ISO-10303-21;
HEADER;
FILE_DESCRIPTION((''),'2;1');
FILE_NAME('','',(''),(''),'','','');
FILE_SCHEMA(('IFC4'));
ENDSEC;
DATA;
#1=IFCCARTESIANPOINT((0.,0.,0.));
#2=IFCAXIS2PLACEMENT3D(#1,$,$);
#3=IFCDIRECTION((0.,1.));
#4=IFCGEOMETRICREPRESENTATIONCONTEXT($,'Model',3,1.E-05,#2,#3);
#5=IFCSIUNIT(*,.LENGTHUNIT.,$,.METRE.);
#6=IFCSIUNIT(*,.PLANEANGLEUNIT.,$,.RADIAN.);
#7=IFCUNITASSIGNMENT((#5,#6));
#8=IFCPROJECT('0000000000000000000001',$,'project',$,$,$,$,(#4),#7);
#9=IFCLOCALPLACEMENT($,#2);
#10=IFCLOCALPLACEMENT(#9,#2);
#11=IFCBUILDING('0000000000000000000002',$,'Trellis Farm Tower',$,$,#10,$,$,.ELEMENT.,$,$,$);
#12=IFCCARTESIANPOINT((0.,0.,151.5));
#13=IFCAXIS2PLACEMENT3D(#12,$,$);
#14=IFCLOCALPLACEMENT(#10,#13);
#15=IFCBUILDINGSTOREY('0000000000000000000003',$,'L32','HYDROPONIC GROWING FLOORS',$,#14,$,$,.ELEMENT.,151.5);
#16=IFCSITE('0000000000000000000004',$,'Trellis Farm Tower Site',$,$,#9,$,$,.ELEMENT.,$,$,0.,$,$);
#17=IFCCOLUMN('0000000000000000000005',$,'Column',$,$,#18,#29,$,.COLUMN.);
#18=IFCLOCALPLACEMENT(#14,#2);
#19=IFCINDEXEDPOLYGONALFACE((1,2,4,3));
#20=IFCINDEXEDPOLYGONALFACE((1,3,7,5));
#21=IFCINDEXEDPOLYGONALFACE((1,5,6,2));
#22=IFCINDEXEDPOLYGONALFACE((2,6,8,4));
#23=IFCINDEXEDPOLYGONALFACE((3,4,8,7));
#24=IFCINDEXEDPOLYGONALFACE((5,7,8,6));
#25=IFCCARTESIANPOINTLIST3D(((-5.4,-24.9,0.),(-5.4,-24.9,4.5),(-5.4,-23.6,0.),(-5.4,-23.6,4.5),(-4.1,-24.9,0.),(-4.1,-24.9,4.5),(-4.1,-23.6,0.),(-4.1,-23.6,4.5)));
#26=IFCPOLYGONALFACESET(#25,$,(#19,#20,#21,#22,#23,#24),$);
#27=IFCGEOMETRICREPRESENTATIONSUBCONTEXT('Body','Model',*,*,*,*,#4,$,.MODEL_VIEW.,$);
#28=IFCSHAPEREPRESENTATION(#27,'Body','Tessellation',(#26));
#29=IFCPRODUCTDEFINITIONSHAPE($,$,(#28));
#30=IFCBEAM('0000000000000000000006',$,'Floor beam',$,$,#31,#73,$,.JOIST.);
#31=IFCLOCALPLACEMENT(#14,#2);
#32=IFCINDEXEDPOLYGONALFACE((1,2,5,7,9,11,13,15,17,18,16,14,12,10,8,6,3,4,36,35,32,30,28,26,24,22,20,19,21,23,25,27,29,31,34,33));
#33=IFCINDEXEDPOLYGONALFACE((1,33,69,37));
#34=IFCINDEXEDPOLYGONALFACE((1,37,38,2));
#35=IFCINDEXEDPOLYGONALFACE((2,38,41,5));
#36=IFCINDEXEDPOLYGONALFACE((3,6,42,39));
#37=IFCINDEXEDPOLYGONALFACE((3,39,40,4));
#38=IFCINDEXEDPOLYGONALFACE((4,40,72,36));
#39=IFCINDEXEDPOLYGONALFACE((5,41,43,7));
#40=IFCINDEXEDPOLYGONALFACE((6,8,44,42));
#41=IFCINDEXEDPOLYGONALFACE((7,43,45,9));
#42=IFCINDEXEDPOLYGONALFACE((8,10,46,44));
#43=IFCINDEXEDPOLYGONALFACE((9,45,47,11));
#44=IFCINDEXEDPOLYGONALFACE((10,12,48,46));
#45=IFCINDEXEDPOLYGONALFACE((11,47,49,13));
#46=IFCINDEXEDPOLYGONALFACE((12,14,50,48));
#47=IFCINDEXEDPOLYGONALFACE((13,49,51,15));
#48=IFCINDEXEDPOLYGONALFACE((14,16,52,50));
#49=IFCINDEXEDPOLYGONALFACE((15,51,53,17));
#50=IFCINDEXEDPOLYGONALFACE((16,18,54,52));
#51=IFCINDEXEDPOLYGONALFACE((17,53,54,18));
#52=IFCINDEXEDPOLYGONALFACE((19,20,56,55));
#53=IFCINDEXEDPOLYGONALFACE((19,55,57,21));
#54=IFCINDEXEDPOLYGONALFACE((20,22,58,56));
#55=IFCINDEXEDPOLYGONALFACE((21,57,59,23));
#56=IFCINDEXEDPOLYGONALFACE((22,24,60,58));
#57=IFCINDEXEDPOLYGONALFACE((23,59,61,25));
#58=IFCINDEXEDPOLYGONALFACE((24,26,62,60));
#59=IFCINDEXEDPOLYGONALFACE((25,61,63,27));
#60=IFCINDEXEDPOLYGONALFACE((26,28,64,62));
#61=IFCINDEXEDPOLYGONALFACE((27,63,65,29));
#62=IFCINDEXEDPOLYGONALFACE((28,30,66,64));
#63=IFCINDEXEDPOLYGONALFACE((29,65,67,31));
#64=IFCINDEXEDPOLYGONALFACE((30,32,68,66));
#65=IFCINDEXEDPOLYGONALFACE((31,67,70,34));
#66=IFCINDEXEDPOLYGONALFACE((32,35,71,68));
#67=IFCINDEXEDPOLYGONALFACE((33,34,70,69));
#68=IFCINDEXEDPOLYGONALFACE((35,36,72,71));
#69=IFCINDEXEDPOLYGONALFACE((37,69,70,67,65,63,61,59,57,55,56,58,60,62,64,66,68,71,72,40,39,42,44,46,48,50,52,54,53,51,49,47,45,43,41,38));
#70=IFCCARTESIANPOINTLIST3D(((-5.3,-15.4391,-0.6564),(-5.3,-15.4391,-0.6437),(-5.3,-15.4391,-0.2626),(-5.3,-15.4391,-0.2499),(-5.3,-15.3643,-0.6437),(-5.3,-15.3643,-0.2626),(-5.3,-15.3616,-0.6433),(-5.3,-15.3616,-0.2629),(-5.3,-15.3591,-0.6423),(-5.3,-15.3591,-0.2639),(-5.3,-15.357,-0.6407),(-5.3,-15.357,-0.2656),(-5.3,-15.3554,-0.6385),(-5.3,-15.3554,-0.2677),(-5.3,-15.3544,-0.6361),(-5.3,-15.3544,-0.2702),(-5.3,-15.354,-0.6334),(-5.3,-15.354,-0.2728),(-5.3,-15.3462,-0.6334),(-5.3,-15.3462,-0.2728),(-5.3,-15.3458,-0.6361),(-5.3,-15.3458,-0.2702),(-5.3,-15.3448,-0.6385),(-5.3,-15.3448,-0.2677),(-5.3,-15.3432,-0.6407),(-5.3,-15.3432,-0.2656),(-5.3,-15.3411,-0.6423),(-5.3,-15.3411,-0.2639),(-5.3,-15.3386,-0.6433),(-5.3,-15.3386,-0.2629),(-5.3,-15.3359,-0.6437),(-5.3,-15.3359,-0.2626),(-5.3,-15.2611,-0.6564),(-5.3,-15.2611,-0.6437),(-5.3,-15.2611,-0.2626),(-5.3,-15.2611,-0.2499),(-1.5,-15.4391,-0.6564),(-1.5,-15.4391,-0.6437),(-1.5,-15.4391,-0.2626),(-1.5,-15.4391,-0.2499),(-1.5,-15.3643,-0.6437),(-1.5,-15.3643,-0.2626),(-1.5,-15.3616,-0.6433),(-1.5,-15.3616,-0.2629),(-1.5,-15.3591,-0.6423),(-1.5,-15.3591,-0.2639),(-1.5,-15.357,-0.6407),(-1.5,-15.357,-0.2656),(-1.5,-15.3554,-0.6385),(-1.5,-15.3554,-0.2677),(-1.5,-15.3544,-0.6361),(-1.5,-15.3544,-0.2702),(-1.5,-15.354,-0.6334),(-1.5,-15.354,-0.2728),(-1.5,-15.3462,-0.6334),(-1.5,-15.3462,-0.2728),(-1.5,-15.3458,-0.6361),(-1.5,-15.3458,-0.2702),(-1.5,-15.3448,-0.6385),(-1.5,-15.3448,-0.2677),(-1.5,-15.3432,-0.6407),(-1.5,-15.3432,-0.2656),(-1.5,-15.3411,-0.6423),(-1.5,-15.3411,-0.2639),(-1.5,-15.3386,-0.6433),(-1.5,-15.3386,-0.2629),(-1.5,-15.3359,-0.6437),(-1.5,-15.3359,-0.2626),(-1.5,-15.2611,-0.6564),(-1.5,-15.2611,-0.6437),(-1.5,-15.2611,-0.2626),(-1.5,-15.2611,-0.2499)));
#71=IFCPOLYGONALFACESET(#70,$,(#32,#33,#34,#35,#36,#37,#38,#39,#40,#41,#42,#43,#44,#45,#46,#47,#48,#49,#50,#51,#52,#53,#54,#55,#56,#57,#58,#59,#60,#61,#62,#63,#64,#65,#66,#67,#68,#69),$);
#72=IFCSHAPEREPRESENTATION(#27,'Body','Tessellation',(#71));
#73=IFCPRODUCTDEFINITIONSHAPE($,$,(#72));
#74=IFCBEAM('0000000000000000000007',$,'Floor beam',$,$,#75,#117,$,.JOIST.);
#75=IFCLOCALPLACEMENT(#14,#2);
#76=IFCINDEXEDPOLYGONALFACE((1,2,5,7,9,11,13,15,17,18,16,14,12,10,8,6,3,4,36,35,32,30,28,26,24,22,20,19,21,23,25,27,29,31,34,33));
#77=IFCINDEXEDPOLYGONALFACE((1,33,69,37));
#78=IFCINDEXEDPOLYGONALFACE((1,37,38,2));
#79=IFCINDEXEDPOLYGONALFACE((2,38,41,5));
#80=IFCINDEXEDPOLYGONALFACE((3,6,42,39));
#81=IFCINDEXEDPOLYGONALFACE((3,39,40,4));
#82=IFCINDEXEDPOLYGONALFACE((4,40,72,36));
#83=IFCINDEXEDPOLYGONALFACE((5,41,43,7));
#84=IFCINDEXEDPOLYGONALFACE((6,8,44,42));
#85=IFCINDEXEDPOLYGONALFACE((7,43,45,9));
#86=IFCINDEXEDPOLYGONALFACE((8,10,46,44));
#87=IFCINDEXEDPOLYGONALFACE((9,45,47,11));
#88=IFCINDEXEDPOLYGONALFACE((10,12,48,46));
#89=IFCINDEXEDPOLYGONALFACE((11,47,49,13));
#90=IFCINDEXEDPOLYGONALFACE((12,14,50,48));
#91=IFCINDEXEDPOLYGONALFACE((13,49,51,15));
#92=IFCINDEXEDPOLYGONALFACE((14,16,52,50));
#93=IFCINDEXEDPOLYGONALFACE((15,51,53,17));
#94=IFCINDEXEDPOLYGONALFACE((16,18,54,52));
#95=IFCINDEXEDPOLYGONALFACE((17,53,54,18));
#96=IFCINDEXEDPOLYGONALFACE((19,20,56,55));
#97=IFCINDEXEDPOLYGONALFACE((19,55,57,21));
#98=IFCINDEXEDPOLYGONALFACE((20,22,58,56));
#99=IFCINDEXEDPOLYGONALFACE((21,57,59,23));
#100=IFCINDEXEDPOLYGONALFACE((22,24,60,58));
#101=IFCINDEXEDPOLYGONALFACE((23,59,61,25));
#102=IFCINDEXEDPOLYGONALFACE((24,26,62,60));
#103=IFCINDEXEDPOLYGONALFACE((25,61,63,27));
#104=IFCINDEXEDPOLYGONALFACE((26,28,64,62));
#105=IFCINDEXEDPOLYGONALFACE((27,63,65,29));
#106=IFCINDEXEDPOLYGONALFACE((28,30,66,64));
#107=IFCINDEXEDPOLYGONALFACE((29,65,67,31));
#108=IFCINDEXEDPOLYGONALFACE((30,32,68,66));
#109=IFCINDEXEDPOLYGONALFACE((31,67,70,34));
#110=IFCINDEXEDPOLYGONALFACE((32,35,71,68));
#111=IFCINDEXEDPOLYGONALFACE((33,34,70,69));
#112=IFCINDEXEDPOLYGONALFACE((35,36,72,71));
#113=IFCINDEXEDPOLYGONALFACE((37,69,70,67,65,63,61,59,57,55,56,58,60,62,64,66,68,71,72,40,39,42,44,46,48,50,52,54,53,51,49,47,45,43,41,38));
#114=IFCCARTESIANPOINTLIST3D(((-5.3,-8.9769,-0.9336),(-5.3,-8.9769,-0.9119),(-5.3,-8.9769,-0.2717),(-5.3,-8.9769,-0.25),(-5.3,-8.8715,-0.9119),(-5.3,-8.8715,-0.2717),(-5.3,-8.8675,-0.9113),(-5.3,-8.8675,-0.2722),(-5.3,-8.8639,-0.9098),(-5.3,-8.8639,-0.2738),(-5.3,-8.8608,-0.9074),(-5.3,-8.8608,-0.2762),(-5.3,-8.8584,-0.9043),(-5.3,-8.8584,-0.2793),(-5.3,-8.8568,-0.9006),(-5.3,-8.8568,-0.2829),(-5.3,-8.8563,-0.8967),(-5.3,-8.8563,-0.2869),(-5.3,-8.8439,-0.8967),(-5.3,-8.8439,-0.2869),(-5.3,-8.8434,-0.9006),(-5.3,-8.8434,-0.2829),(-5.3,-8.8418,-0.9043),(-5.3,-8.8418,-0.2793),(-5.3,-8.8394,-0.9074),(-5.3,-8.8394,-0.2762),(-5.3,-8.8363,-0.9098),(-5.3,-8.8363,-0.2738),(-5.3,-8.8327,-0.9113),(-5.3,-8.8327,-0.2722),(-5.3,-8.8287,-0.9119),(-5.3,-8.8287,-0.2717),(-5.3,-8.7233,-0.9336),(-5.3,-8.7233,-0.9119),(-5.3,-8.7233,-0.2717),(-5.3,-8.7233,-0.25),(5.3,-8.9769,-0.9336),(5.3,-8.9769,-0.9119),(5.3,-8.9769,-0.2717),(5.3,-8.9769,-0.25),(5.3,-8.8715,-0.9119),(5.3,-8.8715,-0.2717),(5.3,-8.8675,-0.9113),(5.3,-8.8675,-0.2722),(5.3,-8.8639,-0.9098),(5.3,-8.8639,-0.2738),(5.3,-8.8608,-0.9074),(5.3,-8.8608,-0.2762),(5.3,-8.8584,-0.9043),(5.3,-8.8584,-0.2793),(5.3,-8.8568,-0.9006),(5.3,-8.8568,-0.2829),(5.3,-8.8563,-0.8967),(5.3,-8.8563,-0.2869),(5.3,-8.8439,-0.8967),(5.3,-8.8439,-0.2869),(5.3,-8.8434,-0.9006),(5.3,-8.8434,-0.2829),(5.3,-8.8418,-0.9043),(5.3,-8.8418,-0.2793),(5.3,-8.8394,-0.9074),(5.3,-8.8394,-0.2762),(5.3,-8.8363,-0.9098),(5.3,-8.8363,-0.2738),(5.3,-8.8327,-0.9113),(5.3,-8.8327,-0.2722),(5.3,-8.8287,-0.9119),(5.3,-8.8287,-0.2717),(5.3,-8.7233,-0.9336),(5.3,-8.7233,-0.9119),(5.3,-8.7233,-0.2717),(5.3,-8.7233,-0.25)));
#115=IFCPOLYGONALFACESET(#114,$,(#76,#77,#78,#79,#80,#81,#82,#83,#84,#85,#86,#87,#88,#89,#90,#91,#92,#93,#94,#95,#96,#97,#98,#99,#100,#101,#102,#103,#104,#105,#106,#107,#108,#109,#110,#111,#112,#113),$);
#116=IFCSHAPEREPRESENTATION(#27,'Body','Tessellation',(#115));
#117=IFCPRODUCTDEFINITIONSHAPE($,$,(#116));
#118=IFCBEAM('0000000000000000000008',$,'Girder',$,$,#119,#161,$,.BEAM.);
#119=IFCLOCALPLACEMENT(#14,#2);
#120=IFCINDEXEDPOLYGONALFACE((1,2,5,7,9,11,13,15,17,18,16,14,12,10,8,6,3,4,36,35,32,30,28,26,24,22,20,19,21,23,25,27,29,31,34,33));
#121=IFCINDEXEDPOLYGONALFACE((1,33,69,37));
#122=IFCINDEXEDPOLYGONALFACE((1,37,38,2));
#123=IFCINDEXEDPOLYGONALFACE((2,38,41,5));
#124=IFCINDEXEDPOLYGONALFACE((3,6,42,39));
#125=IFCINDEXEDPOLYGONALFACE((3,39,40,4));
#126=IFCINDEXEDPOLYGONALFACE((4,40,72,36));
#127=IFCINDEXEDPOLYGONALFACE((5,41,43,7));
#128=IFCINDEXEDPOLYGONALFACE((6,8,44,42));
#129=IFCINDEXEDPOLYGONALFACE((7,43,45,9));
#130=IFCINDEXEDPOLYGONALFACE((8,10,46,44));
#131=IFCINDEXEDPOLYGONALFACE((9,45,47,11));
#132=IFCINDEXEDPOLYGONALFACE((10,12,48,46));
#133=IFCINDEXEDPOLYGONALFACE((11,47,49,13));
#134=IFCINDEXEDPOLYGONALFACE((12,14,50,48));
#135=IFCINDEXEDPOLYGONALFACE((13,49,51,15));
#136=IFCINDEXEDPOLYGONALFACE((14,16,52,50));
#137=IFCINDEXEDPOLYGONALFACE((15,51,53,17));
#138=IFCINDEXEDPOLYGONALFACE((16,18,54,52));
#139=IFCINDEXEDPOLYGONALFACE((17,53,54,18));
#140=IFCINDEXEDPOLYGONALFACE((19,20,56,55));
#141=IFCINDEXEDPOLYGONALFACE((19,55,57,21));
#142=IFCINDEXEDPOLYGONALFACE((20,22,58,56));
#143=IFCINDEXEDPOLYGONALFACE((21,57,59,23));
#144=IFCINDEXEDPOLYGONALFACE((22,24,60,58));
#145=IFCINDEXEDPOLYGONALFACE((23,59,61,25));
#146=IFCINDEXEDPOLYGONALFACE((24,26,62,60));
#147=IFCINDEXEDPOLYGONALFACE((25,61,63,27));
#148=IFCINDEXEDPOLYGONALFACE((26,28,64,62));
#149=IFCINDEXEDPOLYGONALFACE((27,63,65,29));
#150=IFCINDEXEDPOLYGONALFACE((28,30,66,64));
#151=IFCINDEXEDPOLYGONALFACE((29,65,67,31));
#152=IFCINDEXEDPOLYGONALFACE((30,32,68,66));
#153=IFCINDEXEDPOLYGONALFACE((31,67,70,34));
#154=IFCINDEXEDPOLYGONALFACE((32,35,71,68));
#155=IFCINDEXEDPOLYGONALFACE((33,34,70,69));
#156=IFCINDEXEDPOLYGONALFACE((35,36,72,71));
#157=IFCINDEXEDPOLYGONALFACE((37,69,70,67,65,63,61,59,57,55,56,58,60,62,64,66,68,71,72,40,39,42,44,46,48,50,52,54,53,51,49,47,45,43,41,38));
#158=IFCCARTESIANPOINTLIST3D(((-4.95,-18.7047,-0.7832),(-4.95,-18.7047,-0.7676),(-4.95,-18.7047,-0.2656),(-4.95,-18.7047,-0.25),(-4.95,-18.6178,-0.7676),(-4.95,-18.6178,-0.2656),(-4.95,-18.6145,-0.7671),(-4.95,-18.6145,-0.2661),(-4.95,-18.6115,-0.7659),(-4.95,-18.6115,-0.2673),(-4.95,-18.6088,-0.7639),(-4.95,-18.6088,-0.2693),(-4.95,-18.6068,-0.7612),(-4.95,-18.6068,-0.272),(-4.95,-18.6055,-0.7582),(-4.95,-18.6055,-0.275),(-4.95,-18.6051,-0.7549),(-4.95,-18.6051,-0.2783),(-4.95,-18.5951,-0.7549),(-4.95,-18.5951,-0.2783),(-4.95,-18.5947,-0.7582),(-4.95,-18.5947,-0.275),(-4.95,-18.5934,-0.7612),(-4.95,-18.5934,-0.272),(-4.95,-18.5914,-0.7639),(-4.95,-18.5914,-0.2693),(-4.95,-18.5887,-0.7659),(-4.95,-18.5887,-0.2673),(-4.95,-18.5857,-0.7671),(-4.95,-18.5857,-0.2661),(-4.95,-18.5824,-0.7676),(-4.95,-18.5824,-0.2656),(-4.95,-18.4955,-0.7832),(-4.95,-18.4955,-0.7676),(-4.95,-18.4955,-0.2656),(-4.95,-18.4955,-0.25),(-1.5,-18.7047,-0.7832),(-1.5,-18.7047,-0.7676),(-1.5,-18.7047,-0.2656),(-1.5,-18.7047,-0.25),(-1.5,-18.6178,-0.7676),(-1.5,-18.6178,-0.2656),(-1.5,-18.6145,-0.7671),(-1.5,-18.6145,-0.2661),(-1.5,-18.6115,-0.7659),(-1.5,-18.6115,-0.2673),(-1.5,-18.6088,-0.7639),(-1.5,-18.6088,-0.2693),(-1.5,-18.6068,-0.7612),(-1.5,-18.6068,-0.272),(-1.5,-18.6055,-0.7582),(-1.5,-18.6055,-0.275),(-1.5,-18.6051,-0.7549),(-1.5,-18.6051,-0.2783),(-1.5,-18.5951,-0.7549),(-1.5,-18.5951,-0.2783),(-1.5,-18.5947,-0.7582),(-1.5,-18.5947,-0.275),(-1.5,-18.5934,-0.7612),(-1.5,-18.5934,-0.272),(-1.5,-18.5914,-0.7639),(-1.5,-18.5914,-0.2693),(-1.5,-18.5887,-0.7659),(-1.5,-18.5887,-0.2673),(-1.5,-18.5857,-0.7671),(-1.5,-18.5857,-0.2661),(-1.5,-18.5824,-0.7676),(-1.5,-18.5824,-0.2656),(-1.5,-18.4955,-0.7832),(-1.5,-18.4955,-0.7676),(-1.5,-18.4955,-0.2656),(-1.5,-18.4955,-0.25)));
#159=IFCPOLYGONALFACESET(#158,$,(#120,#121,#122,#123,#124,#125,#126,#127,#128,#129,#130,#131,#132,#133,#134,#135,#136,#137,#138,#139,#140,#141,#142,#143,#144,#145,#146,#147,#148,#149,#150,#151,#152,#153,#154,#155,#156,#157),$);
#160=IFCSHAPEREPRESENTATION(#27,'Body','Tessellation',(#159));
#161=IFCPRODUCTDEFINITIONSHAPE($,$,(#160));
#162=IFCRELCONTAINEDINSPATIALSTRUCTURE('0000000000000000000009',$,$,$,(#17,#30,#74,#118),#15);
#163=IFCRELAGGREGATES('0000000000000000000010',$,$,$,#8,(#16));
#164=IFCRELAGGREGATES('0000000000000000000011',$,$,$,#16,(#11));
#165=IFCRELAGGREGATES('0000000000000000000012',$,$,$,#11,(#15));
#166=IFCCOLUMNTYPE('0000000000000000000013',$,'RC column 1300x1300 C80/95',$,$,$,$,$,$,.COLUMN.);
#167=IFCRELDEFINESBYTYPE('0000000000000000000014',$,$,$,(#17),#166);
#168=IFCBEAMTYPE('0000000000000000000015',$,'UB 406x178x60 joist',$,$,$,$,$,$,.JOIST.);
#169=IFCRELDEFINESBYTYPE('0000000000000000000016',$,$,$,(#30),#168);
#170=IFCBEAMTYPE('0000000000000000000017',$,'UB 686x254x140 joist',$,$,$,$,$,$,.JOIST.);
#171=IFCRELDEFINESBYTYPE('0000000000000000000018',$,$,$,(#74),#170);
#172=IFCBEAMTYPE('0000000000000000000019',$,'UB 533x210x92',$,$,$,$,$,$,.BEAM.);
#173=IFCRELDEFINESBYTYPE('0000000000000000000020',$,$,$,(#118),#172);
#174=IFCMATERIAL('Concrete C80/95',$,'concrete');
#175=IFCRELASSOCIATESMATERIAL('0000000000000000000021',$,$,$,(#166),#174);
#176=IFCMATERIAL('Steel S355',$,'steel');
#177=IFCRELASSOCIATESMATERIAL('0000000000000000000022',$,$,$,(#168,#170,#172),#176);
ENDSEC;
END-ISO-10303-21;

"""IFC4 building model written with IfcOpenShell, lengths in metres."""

from ifc_helpers import new_model, si_unit, direction, frame, origin, origin_2d, place, context, subcontext, project, spatial, rectangle, i_section, extrude, source, transform, mapped, material, material_profile, profile_set, type_object, element, save


model = new_model("IFC4")

# Units and contexts
model_context = context("Model", 3, precision=1e-05, world=origin(), true_north=direction((0.0, 1.0)))
body_context = subcontext(model_context, "Body", "Model", "MODEL_VIEW")
ifc_project = project(units=[si_unit("LENGTHUNIT", "METRE"), si_unit("PLANEANGLEUNIT", "RADIAN")], contexts=[model_context])

# Site, building, storey
site_placement = place(None, origin())
site = spatial("IfcSite", under=ifc_project, at=site_placement, Name="Trellis Farm Tower Site", CompositionType="ELEMENT", RefElevation=0.0)
building_placement = place(site_placement, origin())
building = spatial("IfcBuilding", under=site, at=building_placement, Name="Trellis Farm Tower", CompositionType="ELEMENT")
storey_placement = place(building_placement, frame((0.0, 0.0, 151.5)))
storey = spatial("IfcBuildingStorey", under=building, at=storey_placement, Name="L32", Description="HYDROPONIC GROWING FLOORS", CompositionType="ELEMENT", Elevation=151.5)

# Column
ifc_material_1 = material(Name="Concrete C80/95", Category="concrete")
ifc_material_profile_1 = material_profile(ifc_material_1, rectangle(XDim=1.3, YDim=1.3, at=origin_2d()), Name="RC column 1300x1300 C80/95")
ifc_profile_set_1 = profile_set([ifc_material_profile_1], Name="Concrete C80/95")
column_type = type_object("IfcColumnType", Name="RC column 1300x1300 C80/95", PredefinedType="COLUMN", material=ifc_profile_set_1)
shared_shape_1 = source(origin(), body_context, "Body", "SweptSolid", [
    extrude(rectangle(XDim=1.3, YDim=1.3, at=origin_2d()), origin(), (0.0, 0.0, 1.0), 4.5),
])
column_placement = place(storey_placement, frame((-4.75, -24.25, 0.0), z_axis=(0.0, 0.0, 1.0), x_axis=(1.0, 0.0, 0.0)))
element("IfcColumn", 1, at=column_placement, inside=storey, type_object=column_type, Name="Column", PredefinedType="COLUMN", context=body_context, shape_type="MappedRepresentation", body=[
    mapped(shared_shape_1, transform((0.0, 0.0, 0.0))),
])

# Beams
ifc_material_2 = material(Name="Steel S355", Category="steel")
ifc_material_profile_2 = material_profile(ifc_material_2, i_section(OverallWidth=0.178, OverallDepth=0.4065, WebThickness=0.0078, FlangeThickness=0.0127, FilletRadius=0.0103, at=origin_2d()), Name="UB 406x178x60")
ifc_profile_set_2 = profile_set([ifc_material_profile_2], Name="Steel S355")
beam_type_1 = type_object("IfcBeamType", Name="UB 406x178x60 joist", PredefinedType="JOIST", material=ifc_profile_set_2)
shared_shape_2 = source(origin(), body_context, "Body", "SweptSolid", [
    extrude(i_section(OverallWidth=0.178, OverallDepth=0.4065, WebThickness=0.0078, FlangeThickness=0.0127, FilletRadius=0.0103, at=origin_2d()), origin(), (0.0, 0.0, 1.0), 3.8),
])
beam_1_placement = place(storey_placement, frame((-5.3, -15.3501, -0.4531), z_axis=(1.0, 0.0, 0.0), x_axis=(0.0, 1.0, 0.0)))
element("IfcBeam", 2, at=beam_1_placement, inside=storey, type_object=beam_type_1, Name="Floor beam", PredefinedType="JOIST", context=body_context, shape_type="MappedRepresentation", body=[
    mapped(shared_shape_2, transform((0.0, 0.0, 0.0))),
])
ifc_material_profile_3 = material_profile(ifc_material_2, i_section(OverallWidth=0.2537, OverallDepth=0.6836, WebThickness=0.0125, FlangeThickness=0.0217, FilletRadius=0.0151, at=origin_2d()), Name="UB 686x254x140")
ifc_profile_set_3 = profile_set([ifc_material_profile_3], Name="Steel S355")
beam_type_2 = type_object("IfcBeamType", Name="UB 686x254x140 joist", PredefinedType="JOIST", material=ifc_profile_set_3)
shared_shape_3 = source(origin(), body_context, "Body", "SweptSolid", [
    extrude(i_section(OverallWidth=0.2537, OverallDepth=0.6836, WebThickness=0.0125, FlangeThickness=0.0217, FilletRadius=0.0151, at=origin_2d()), origin(), (0.0, 0.0, 1.0), 10.6001),
])
beam_2_placement = place(storey_placement, frame((-5.3, -8.8501, -0.5918), z_axis=(1.0, 0.0, 0.0), x_axis=(0.0, 1.0, 0.0)))
element("IfcBeam", 3, at=beam_2_placement, inside=storey, type_object=beam_type_2, Name="Floor beam", PredefinedType="JOIST", context=body_context, shape_type="MappedRepresentation", body=[
    mapped(shared_shape_3, transform((0.0, 0.0, 0.0))),
])
ifc_material_profile_4 = material_profile(ifc_material_2, i_section(OverallWidth=0.2092, OverallDepth=0.5332, WebThickness=0.01, FlangeThickness=0.0156, FilletRadius=0.0127, at=origin_2d()), Name="UB 533x210x92")
ifc_profile_set_4 = profile_set([ifc_material_profile_4], Name="Steel S355")
beam_type_3 = type_object("IfcBeamType", Name="UB 533x210x92", PredefinedType="BEAM", material=ifc_profile_set_4)
shared_shape_4 = source(origin(), body_context, "Body", "SweptSolid", [
    extrude(i_section(OverallWidth=0.2092, OverallDepth=0.5332, WebThickness=0.01, FlangeThickness=0.0156, FilletRadius=0.0127, at=origin_2d()), origin(), (0.0, 0.0, 1.0), 3.45),
])
beam_3_placement = place(storey_placement, frame((-4.95, -18.6001, -0.5166), z_axis=(1.0, 0.0, 0.0), x_axis=(0.0, 1.0, 0.0)))
element("IfcBeam", 4, at=beam_3_placement, inside=storey, type_object=beam_type_3, Name="Girder", PredefinedType="BEAM", context=body_context, shape_type="MappedRepresentation", body=[
    mapped(shared_shape_4, transform((0.0, 0.0, 0.0))),
])

save(model, "model.ifc")
